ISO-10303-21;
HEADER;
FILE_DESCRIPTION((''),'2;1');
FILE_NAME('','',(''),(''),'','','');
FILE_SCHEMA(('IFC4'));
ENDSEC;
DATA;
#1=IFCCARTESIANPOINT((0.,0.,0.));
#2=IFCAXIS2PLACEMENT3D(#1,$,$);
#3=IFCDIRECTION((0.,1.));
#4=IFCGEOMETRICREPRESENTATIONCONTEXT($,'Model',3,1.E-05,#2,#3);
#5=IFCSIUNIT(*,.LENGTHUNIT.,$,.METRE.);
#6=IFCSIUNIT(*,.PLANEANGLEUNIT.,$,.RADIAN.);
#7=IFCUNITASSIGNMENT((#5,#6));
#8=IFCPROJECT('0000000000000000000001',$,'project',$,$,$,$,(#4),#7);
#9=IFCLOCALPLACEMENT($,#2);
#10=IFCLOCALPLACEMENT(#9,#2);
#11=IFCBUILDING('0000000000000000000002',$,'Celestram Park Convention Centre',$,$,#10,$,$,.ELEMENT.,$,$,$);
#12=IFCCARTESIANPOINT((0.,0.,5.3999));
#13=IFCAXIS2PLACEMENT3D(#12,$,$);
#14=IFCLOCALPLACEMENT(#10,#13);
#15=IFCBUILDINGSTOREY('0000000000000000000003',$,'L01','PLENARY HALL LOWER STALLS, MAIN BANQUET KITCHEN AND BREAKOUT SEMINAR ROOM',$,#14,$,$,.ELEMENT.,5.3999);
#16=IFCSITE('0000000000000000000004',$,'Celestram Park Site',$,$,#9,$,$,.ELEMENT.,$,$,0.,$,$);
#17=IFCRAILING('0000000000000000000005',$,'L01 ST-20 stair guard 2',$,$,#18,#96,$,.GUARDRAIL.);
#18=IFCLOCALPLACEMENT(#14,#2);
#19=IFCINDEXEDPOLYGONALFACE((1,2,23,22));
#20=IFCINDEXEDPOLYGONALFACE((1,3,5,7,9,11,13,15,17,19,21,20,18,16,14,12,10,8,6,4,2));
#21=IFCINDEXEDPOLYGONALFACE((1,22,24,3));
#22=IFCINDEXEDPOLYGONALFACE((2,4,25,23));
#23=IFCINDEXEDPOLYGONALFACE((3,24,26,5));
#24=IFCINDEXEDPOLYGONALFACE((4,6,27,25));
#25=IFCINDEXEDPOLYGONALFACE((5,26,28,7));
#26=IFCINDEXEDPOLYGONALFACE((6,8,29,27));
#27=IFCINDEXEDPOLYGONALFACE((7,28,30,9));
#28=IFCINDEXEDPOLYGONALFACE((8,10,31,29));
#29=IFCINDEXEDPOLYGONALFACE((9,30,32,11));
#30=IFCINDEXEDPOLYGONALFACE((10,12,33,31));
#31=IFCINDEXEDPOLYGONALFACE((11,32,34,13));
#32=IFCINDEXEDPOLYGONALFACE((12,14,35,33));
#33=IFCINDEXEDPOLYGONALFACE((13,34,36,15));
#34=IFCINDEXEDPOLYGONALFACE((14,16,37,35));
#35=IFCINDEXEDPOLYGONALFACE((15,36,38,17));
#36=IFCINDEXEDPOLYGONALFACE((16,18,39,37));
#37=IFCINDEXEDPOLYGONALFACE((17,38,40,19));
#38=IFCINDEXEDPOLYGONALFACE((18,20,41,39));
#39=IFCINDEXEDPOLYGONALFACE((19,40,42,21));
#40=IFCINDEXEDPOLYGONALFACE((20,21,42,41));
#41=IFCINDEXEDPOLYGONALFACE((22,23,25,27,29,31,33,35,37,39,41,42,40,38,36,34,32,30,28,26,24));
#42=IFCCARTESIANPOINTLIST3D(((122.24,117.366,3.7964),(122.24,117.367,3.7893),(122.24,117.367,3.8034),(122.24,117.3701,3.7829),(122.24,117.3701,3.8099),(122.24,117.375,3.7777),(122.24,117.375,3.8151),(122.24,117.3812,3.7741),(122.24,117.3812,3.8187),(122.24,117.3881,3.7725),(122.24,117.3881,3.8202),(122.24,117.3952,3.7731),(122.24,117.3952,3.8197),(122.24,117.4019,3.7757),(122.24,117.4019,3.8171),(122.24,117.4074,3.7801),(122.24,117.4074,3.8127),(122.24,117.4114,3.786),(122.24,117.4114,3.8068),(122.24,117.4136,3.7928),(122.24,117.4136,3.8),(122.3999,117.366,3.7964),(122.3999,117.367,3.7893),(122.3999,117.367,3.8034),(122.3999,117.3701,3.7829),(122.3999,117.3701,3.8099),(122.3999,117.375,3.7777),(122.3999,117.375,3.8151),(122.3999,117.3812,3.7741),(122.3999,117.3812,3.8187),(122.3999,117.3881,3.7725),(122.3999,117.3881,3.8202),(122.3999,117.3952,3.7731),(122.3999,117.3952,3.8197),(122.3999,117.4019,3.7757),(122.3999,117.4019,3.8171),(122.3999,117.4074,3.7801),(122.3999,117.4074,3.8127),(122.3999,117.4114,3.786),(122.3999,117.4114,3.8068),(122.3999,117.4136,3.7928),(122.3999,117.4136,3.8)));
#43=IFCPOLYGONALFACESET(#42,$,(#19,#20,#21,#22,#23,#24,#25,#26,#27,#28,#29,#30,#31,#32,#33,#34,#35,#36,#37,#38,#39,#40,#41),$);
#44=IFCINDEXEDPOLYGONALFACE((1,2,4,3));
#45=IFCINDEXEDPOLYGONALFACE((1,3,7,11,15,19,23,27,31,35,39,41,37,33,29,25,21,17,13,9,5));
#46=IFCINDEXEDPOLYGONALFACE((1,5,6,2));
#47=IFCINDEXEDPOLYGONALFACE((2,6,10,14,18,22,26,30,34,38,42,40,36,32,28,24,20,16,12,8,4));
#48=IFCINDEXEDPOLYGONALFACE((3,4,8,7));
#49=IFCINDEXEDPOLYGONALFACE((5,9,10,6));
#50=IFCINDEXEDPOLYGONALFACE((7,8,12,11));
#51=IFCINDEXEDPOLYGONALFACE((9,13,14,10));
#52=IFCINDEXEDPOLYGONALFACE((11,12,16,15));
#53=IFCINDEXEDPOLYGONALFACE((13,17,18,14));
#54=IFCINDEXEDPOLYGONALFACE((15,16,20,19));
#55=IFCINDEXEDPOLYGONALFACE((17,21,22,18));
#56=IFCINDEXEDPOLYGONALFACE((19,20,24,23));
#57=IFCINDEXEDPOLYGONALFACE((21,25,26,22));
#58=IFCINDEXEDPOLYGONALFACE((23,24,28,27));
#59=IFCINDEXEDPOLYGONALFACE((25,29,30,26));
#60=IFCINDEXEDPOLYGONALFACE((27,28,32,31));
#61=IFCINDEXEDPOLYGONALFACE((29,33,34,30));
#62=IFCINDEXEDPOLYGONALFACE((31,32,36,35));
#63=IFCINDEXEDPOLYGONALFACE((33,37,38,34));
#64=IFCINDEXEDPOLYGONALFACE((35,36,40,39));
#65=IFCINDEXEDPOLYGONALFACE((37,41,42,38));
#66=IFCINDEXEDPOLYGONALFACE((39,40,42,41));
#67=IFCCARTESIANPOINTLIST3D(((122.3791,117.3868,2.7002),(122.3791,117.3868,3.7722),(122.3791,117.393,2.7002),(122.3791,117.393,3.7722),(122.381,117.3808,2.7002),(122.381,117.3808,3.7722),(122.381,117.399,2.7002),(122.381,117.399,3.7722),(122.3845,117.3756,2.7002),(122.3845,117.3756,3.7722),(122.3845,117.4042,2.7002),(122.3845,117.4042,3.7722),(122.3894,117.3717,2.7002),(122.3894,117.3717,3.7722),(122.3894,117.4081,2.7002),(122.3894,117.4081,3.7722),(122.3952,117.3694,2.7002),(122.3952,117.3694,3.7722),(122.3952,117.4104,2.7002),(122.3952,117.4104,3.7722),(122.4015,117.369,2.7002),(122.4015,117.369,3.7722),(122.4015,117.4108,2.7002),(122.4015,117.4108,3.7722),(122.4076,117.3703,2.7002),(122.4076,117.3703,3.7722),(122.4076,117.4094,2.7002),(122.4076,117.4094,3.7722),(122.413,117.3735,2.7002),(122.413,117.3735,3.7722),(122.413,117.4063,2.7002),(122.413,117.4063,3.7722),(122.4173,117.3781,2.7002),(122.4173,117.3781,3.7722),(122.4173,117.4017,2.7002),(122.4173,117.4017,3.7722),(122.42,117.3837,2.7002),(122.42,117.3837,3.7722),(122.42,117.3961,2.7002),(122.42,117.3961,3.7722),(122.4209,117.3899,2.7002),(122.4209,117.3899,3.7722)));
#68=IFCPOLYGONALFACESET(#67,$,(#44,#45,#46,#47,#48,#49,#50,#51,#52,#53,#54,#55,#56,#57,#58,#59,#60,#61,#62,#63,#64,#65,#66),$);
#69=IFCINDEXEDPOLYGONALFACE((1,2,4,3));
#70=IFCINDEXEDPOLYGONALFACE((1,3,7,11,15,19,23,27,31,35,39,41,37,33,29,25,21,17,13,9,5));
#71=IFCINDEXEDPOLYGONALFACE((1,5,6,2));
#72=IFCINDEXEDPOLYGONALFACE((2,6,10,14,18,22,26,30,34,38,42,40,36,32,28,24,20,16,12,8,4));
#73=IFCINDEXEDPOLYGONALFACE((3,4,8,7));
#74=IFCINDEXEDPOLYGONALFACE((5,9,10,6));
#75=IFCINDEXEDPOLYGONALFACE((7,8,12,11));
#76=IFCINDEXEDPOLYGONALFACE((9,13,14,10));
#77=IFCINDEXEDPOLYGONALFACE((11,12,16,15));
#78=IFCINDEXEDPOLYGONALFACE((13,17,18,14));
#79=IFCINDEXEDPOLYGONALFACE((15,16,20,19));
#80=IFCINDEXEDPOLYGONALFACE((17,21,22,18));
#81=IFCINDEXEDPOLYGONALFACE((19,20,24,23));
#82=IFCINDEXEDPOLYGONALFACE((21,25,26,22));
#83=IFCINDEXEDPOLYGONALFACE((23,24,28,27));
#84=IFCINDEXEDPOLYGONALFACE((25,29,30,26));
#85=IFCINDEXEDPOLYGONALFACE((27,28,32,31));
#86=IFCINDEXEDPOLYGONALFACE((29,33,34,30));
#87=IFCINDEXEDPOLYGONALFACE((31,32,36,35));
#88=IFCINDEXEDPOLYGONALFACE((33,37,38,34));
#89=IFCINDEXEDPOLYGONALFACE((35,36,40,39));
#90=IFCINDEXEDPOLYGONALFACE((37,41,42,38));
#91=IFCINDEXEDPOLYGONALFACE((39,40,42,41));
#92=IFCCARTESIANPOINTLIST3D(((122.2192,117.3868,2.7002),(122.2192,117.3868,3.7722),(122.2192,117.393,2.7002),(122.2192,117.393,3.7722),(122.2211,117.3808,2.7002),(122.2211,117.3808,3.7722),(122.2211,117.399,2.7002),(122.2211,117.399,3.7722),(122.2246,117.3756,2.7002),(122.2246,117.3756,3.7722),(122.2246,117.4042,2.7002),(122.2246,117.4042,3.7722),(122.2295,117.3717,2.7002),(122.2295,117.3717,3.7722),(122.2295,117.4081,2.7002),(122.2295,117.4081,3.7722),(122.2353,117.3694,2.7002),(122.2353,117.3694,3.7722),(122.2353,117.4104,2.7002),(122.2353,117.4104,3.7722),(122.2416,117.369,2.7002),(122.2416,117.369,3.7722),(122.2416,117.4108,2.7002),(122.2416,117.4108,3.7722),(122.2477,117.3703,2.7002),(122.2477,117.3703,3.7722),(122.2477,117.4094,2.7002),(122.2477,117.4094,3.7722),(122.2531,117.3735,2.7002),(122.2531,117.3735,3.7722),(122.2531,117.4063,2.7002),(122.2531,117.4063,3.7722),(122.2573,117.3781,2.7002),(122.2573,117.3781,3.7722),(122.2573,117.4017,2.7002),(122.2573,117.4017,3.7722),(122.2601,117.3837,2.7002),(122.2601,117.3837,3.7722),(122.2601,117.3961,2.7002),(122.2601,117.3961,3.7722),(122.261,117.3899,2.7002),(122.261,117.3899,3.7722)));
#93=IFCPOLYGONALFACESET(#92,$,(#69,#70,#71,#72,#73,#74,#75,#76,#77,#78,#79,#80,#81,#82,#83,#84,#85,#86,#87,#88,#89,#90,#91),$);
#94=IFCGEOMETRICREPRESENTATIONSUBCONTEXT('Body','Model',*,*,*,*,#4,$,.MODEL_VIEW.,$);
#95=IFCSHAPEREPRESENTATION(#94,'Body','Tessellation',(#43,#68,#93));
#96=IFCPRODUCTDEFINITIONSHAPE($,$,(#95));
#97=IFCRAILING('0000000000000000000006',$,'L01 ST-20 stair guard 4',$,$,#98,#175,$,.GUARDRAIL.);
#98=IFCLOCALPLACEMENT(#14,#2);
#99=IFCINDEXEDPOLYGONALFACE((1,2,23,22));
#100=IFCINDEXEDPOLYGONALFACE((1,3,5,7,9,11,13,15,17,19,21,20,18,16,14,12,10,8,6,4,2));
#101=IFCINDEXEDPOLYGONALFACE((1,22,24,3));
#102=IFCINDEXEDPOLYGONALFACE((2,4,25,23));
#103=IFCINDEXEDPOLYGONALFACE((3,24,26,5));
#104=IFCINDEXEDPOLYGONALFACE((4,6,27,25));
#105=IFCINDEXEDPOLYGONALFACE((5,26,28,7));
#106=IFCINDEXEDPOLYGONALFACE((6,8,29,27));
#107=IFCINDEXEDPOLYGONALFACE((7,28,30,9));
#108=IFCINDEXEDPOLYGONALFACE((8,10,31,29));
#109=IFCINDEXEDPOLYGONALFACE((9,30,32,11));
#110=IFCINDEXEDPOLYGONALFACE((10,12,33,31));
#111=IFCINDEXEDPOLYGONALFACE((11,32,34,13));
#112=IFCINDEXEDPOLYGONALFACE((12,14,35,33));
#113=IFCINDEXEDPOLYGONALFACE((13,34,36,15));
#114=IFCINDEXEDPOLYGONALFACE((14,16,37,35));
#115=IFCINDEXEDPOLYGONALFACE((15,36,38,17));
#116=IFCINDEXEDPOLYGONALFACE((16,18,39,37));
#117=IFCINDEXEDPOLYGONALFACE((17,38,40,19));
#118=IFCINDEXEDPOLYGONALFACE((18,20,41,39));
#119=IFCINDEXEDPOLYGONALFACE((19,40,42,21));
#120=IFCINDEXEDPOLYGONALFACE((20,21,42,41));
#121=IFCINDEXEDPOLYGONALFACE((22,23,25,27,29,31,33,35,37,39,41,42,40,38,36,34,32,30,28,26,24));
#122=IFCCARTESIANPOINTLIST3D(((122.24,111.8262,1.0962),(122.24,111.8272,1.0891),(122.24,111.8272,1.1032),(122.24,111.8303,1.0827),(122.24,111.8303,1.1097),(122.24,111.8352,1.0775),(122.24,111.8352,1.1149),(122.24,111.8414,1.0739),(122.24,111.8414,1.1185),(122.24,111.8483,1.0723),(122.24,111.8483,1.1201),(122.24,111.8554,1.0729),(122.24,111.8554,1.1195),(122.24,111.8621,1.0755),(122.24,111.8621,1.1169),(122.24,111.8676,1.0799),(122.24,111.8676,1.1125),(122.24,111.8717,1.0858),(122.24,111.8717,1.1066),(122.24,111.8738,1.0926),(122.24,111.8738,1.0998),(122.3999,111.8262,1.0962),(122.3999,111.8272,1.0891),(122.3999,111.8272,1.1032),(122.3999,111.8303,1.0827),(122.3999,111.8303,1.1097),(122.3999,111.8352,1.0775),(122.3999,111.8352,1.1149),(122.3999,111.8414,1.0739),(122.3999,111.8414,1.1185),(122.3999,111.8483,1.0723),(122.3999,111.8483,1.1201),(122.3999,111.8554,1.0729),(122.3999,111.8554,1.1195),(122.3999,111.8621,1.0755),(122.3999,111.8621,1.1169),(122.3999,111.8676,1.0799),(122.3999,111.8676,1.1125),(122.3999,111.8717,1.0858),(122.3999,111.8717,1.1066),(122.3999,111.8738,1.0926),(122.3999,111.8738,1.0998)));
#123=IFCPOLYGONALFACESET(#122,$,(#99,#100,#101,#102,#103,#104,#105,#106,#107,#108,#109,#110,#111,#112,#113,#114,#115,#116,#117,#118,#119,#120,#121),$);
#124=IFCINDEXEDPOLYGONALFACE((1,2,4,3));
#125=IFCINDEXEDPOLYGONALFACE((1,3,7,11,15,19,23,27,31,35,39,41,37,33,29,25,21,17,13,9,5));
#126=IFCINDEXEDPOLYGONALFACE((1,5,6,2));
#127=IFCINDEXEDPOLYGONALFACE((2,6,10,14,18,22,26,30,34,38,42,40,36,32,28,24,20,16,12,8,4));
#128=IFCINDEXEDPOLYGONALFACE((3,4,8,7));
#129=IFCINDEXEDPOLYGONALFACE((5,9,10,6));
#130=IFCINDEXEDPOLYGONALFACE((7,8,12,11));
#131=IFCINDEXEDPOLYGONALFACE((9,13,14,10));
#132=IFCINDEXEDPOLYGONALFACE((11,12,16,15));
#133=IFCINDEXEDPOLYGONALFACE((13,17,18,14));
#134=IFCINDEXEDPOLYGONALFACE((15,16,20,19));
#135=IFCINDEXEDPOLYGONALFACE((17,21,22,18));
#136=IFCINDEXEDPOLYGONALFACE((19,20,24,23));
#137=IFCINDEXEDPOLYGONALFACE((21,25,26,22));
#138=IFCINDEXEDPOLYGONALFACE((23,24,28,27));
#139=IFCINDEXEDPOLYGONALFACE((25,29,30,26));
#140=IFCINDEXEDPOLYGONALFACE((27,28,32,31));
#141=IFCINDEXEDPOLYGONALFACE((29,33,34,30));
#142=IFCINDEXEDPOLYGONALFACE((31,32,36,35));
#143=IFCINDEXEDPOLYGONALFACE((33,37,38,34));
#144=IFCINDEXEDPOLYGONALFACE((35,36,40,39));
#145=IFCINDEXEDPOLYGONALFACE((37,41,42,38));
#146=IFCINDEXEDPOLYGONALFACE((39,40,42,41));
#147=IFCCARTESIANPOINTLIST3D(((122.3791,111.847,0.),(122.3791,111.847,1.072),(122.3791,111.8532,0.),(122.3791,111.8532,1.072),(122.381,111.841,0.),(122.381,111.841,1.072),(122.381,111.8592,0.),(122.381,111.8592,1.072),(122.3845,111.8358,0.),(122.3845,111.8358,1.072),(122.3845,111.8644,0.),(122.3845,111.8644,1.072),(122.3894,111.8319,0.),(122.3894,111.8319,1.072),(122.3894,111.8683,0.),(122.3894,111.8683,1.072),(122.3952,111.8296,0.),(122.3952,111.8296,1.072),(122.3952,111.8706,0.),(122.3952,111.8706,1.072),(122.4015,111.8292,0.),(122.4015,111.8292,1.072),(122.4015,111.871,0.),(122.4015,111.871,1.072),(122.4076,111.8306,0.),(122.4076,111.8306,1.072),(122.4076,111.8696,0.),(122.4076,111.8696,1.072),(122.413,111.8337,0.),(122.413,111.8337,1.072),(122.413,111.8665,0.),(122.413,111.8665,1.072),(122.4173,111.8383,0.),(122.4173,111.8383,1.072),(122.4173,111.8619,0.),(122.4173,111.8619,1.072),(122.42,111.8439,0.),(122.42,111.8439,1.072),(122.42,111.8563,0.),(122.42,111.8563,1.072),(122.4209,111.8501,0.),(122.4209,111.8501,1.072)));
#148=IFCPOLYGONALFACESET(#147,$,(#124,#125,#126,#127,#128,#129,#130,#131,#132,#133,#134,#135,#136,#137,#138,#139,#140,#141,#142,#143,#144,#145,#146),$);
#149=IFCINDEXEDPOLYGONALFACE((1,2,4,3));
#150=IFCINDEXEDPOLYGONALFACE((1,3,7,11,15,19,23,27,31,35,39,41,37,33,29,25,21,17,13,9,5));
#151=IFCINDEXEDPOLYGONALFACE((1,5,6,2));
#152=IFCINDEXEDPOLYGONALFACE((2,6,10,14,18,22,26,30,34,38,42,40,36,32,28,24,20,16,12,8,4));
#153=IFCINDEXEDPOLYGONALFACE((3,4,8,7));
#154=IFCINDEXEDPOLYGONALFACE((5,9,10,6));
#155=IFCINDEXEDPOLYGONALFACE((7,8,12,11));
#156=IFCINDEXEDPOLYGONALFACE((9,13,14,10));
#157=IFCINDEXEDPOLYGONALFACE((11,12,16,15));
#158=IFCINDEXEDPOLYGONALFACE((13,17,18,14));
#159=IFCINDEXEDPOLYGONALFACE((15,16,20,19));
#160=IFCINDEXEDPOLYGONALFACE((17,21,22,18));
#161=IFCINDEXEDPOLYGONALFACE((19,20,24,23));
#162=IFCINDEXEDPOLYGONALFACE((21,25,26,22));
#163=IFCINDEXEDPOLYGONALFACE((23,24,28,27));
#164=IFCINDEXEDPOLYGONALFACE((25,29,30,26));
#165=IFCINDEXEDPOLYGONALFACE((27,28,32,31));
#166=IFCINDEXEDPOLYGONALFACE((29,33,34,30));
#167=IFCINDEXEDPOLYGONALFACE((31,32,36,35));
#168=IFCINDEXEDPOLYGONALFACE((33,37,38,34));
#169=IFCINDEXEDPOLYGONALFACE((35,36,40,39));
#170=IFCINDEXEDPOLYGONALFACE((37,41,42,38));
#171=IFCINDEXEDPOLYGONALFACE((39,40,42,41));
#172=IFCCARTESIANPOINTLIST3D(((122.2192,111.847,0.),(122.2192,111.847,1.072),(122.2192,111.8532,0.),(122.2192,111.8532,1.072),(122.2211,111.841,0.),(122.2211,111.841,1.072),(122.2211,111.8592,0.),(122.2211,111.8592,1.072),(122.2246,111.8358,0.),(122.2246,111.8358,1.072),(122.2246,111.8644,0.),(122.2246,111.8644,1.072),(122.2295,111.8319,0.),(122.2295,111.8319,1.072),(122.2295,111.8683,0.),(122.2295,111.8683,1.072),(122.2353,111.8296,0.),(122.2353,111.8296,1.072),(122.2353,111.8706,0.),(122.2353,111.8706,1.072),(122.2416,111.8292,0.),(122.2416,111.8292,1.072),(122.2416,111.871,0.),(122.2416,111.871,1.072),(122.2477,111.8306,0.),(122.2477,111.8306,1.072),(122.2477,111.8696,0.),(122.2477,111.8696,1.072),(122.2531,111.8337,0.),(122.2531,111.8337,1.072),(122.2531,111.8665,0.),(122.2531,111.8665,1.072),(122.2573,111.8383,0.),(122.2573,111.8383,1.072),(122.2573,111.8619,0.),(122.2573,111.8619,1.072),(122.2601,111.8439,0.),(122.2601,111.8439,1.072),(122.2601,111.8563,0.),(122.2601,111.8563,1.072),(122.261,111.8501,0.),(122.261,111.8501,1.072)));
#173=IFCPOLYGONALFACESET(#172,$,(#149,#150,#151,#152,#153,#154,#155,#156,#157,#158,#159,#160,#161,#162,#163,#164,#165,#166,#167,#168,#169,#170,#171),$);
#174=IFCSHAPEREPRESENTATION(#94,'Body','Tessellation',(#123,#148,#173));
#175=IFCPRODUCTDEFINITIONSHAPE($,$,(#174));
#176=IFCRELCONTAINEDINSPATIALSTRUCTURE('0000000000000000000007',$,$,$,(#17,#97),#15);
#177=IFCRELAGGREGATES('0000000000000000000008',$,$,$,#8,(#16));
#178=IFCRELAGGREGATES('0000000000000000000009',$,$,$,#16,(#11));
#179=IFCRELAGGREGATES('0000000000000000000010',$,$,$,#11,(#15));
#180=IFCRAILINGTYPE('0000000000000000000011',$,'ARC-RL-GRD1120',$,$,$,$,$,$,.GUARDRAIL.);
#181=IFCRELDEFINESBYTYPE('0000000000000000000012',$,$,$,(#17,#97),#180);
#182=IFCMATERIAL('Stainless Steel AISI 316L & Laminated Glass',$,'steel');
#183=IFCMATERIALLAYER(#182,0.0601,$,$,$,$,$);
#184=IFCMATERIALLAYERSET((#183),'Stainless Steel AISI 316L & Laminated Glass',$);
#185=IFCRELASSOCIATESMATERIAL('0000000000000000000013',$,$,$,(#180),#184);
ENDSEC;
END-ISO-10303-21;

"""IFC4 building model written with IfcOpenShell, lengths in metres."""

from ifc_helpers import new_model, si_unit, direction, frame, origin, origin_2d, place, context, subcontext, project, spatial, circle, extrude, material, layer, layer_set, type_object, element, save


model = new_model("IFC4")

# Units and contexts
model_context = context("Model", 3, precision=1e-05, world=origin(), true_north=direction((0.0, 1.0)))
body_context = subcontext(model_context, "Body", "Model", "MODEL_VIEW")
ifc_project = project(units=[si_unit("LENGTHUNIT", "METRE"), si_unit("PLANEANGLEUNIT", "RADIAN")], contexts=[model_context])

# Site, building, storey
site_placement = place(None, origin())
site = spatial("IfcSite", under=ifc_project, at=site_placement, Name="Celestram Park Site", CompositionType="ELEMENT", RefElevation=0.0)
building_placement = place(site_placement, origin())
building = spatial("IfcBuilding", under=site, at=building_placement, Name="Celestram Park Convention Centre", CompositionType="ELEMENT")
storey_placement = place(building_placement, frame((0.0, 0.0, 5.3999)))
storey = spatial("IfcBuildingStorey", under=building, at=storey_placement, Name="L01", Description="PLENARY HALL LOWER STALLS, MAIN BANQUET KITCHEN AND BREAKOUT SEMINAR ROOM", CompositionType="ELEMENT", Elevation=5.3999)

# Railings
ifc_material_1 = material(Name="Stainless Steel AISI 316L & Laminated Glass", Category="steel")
ifc_layer_1 = layer(ifc_material_1, 0.0601)
ifc_layer_set_1 = layer_set([ifc_layer_1], Name="Stainless Steel AISI 316L & Laminated Glass")
railing_type_1 = type_object("IfcRailingType", Name="ARC-RL-GRD1120", PredefinedType="GUARDRAIL", material=ifc_layer_set_1)
railing_1_placement = place(storey_placement, frame((122.3999, 117.3899, 2.7002)))
element("IfcRailing", 1, at=railing_1_placement, inside=storey, type_object=railing_type_1, Name="L01 ST-20 stair guard 2", PredefinedType="GUARDRAIL", context=body_context, shape_type="SweptSolid", body=[
    extrude(circle(Radius=0.0239, at=origin_2d()), frame((0.0, 0.0, 1.0962), z_axis=(-1.0, 0.0, 0.0), x_axis=(0.0, -1.0, 0.0)), (0.0, 0.0, 1.0), 0.1599),
    extrude(circle(Radius=0.021, at=origin_2d()), origin(), (0.0, 0.0, 1.0), 1.072),
    extrude(circle(Radius=0.021, at=origin_2d()), frame((-0.1599, 0.0, 0.0)), (0.0, 0.0, 1.0), 1.072),
])
railing_2_placement = place(storey_placement, frame((122.3999, 111.8501, 0.0)))
element("IfcRailing", 2, at=railing_2_placement, inside=storey, type_object=railing_type_1, Name="L01 ST-20 stair guard 4", PredefinedType="GUARDRAIL", context=body_context, shape_type="SweptSolid", body=[
    extrude(circle(Radius=0.0239, at=origin_2d()), frame((0.0, 0.0, 1.0962), z_axis=(-1.0, 0.0, 0.0), x_axis=(0.0, -1.0, 0.0)), (0.0, 0.0, 1.0), 0.1599),
    extrude(circle(Radius=0.021, at=origin_2d()), origin(), (0.0, 0.0, 1.0), 1.072),
    extrude(circle(Radius=0.021, at=origin_2d()), frame((-0.1599, 0.0, 0.0)), (0.0, 0.0, 1.0), 1.072),
])

save(model, "model.ifc")
